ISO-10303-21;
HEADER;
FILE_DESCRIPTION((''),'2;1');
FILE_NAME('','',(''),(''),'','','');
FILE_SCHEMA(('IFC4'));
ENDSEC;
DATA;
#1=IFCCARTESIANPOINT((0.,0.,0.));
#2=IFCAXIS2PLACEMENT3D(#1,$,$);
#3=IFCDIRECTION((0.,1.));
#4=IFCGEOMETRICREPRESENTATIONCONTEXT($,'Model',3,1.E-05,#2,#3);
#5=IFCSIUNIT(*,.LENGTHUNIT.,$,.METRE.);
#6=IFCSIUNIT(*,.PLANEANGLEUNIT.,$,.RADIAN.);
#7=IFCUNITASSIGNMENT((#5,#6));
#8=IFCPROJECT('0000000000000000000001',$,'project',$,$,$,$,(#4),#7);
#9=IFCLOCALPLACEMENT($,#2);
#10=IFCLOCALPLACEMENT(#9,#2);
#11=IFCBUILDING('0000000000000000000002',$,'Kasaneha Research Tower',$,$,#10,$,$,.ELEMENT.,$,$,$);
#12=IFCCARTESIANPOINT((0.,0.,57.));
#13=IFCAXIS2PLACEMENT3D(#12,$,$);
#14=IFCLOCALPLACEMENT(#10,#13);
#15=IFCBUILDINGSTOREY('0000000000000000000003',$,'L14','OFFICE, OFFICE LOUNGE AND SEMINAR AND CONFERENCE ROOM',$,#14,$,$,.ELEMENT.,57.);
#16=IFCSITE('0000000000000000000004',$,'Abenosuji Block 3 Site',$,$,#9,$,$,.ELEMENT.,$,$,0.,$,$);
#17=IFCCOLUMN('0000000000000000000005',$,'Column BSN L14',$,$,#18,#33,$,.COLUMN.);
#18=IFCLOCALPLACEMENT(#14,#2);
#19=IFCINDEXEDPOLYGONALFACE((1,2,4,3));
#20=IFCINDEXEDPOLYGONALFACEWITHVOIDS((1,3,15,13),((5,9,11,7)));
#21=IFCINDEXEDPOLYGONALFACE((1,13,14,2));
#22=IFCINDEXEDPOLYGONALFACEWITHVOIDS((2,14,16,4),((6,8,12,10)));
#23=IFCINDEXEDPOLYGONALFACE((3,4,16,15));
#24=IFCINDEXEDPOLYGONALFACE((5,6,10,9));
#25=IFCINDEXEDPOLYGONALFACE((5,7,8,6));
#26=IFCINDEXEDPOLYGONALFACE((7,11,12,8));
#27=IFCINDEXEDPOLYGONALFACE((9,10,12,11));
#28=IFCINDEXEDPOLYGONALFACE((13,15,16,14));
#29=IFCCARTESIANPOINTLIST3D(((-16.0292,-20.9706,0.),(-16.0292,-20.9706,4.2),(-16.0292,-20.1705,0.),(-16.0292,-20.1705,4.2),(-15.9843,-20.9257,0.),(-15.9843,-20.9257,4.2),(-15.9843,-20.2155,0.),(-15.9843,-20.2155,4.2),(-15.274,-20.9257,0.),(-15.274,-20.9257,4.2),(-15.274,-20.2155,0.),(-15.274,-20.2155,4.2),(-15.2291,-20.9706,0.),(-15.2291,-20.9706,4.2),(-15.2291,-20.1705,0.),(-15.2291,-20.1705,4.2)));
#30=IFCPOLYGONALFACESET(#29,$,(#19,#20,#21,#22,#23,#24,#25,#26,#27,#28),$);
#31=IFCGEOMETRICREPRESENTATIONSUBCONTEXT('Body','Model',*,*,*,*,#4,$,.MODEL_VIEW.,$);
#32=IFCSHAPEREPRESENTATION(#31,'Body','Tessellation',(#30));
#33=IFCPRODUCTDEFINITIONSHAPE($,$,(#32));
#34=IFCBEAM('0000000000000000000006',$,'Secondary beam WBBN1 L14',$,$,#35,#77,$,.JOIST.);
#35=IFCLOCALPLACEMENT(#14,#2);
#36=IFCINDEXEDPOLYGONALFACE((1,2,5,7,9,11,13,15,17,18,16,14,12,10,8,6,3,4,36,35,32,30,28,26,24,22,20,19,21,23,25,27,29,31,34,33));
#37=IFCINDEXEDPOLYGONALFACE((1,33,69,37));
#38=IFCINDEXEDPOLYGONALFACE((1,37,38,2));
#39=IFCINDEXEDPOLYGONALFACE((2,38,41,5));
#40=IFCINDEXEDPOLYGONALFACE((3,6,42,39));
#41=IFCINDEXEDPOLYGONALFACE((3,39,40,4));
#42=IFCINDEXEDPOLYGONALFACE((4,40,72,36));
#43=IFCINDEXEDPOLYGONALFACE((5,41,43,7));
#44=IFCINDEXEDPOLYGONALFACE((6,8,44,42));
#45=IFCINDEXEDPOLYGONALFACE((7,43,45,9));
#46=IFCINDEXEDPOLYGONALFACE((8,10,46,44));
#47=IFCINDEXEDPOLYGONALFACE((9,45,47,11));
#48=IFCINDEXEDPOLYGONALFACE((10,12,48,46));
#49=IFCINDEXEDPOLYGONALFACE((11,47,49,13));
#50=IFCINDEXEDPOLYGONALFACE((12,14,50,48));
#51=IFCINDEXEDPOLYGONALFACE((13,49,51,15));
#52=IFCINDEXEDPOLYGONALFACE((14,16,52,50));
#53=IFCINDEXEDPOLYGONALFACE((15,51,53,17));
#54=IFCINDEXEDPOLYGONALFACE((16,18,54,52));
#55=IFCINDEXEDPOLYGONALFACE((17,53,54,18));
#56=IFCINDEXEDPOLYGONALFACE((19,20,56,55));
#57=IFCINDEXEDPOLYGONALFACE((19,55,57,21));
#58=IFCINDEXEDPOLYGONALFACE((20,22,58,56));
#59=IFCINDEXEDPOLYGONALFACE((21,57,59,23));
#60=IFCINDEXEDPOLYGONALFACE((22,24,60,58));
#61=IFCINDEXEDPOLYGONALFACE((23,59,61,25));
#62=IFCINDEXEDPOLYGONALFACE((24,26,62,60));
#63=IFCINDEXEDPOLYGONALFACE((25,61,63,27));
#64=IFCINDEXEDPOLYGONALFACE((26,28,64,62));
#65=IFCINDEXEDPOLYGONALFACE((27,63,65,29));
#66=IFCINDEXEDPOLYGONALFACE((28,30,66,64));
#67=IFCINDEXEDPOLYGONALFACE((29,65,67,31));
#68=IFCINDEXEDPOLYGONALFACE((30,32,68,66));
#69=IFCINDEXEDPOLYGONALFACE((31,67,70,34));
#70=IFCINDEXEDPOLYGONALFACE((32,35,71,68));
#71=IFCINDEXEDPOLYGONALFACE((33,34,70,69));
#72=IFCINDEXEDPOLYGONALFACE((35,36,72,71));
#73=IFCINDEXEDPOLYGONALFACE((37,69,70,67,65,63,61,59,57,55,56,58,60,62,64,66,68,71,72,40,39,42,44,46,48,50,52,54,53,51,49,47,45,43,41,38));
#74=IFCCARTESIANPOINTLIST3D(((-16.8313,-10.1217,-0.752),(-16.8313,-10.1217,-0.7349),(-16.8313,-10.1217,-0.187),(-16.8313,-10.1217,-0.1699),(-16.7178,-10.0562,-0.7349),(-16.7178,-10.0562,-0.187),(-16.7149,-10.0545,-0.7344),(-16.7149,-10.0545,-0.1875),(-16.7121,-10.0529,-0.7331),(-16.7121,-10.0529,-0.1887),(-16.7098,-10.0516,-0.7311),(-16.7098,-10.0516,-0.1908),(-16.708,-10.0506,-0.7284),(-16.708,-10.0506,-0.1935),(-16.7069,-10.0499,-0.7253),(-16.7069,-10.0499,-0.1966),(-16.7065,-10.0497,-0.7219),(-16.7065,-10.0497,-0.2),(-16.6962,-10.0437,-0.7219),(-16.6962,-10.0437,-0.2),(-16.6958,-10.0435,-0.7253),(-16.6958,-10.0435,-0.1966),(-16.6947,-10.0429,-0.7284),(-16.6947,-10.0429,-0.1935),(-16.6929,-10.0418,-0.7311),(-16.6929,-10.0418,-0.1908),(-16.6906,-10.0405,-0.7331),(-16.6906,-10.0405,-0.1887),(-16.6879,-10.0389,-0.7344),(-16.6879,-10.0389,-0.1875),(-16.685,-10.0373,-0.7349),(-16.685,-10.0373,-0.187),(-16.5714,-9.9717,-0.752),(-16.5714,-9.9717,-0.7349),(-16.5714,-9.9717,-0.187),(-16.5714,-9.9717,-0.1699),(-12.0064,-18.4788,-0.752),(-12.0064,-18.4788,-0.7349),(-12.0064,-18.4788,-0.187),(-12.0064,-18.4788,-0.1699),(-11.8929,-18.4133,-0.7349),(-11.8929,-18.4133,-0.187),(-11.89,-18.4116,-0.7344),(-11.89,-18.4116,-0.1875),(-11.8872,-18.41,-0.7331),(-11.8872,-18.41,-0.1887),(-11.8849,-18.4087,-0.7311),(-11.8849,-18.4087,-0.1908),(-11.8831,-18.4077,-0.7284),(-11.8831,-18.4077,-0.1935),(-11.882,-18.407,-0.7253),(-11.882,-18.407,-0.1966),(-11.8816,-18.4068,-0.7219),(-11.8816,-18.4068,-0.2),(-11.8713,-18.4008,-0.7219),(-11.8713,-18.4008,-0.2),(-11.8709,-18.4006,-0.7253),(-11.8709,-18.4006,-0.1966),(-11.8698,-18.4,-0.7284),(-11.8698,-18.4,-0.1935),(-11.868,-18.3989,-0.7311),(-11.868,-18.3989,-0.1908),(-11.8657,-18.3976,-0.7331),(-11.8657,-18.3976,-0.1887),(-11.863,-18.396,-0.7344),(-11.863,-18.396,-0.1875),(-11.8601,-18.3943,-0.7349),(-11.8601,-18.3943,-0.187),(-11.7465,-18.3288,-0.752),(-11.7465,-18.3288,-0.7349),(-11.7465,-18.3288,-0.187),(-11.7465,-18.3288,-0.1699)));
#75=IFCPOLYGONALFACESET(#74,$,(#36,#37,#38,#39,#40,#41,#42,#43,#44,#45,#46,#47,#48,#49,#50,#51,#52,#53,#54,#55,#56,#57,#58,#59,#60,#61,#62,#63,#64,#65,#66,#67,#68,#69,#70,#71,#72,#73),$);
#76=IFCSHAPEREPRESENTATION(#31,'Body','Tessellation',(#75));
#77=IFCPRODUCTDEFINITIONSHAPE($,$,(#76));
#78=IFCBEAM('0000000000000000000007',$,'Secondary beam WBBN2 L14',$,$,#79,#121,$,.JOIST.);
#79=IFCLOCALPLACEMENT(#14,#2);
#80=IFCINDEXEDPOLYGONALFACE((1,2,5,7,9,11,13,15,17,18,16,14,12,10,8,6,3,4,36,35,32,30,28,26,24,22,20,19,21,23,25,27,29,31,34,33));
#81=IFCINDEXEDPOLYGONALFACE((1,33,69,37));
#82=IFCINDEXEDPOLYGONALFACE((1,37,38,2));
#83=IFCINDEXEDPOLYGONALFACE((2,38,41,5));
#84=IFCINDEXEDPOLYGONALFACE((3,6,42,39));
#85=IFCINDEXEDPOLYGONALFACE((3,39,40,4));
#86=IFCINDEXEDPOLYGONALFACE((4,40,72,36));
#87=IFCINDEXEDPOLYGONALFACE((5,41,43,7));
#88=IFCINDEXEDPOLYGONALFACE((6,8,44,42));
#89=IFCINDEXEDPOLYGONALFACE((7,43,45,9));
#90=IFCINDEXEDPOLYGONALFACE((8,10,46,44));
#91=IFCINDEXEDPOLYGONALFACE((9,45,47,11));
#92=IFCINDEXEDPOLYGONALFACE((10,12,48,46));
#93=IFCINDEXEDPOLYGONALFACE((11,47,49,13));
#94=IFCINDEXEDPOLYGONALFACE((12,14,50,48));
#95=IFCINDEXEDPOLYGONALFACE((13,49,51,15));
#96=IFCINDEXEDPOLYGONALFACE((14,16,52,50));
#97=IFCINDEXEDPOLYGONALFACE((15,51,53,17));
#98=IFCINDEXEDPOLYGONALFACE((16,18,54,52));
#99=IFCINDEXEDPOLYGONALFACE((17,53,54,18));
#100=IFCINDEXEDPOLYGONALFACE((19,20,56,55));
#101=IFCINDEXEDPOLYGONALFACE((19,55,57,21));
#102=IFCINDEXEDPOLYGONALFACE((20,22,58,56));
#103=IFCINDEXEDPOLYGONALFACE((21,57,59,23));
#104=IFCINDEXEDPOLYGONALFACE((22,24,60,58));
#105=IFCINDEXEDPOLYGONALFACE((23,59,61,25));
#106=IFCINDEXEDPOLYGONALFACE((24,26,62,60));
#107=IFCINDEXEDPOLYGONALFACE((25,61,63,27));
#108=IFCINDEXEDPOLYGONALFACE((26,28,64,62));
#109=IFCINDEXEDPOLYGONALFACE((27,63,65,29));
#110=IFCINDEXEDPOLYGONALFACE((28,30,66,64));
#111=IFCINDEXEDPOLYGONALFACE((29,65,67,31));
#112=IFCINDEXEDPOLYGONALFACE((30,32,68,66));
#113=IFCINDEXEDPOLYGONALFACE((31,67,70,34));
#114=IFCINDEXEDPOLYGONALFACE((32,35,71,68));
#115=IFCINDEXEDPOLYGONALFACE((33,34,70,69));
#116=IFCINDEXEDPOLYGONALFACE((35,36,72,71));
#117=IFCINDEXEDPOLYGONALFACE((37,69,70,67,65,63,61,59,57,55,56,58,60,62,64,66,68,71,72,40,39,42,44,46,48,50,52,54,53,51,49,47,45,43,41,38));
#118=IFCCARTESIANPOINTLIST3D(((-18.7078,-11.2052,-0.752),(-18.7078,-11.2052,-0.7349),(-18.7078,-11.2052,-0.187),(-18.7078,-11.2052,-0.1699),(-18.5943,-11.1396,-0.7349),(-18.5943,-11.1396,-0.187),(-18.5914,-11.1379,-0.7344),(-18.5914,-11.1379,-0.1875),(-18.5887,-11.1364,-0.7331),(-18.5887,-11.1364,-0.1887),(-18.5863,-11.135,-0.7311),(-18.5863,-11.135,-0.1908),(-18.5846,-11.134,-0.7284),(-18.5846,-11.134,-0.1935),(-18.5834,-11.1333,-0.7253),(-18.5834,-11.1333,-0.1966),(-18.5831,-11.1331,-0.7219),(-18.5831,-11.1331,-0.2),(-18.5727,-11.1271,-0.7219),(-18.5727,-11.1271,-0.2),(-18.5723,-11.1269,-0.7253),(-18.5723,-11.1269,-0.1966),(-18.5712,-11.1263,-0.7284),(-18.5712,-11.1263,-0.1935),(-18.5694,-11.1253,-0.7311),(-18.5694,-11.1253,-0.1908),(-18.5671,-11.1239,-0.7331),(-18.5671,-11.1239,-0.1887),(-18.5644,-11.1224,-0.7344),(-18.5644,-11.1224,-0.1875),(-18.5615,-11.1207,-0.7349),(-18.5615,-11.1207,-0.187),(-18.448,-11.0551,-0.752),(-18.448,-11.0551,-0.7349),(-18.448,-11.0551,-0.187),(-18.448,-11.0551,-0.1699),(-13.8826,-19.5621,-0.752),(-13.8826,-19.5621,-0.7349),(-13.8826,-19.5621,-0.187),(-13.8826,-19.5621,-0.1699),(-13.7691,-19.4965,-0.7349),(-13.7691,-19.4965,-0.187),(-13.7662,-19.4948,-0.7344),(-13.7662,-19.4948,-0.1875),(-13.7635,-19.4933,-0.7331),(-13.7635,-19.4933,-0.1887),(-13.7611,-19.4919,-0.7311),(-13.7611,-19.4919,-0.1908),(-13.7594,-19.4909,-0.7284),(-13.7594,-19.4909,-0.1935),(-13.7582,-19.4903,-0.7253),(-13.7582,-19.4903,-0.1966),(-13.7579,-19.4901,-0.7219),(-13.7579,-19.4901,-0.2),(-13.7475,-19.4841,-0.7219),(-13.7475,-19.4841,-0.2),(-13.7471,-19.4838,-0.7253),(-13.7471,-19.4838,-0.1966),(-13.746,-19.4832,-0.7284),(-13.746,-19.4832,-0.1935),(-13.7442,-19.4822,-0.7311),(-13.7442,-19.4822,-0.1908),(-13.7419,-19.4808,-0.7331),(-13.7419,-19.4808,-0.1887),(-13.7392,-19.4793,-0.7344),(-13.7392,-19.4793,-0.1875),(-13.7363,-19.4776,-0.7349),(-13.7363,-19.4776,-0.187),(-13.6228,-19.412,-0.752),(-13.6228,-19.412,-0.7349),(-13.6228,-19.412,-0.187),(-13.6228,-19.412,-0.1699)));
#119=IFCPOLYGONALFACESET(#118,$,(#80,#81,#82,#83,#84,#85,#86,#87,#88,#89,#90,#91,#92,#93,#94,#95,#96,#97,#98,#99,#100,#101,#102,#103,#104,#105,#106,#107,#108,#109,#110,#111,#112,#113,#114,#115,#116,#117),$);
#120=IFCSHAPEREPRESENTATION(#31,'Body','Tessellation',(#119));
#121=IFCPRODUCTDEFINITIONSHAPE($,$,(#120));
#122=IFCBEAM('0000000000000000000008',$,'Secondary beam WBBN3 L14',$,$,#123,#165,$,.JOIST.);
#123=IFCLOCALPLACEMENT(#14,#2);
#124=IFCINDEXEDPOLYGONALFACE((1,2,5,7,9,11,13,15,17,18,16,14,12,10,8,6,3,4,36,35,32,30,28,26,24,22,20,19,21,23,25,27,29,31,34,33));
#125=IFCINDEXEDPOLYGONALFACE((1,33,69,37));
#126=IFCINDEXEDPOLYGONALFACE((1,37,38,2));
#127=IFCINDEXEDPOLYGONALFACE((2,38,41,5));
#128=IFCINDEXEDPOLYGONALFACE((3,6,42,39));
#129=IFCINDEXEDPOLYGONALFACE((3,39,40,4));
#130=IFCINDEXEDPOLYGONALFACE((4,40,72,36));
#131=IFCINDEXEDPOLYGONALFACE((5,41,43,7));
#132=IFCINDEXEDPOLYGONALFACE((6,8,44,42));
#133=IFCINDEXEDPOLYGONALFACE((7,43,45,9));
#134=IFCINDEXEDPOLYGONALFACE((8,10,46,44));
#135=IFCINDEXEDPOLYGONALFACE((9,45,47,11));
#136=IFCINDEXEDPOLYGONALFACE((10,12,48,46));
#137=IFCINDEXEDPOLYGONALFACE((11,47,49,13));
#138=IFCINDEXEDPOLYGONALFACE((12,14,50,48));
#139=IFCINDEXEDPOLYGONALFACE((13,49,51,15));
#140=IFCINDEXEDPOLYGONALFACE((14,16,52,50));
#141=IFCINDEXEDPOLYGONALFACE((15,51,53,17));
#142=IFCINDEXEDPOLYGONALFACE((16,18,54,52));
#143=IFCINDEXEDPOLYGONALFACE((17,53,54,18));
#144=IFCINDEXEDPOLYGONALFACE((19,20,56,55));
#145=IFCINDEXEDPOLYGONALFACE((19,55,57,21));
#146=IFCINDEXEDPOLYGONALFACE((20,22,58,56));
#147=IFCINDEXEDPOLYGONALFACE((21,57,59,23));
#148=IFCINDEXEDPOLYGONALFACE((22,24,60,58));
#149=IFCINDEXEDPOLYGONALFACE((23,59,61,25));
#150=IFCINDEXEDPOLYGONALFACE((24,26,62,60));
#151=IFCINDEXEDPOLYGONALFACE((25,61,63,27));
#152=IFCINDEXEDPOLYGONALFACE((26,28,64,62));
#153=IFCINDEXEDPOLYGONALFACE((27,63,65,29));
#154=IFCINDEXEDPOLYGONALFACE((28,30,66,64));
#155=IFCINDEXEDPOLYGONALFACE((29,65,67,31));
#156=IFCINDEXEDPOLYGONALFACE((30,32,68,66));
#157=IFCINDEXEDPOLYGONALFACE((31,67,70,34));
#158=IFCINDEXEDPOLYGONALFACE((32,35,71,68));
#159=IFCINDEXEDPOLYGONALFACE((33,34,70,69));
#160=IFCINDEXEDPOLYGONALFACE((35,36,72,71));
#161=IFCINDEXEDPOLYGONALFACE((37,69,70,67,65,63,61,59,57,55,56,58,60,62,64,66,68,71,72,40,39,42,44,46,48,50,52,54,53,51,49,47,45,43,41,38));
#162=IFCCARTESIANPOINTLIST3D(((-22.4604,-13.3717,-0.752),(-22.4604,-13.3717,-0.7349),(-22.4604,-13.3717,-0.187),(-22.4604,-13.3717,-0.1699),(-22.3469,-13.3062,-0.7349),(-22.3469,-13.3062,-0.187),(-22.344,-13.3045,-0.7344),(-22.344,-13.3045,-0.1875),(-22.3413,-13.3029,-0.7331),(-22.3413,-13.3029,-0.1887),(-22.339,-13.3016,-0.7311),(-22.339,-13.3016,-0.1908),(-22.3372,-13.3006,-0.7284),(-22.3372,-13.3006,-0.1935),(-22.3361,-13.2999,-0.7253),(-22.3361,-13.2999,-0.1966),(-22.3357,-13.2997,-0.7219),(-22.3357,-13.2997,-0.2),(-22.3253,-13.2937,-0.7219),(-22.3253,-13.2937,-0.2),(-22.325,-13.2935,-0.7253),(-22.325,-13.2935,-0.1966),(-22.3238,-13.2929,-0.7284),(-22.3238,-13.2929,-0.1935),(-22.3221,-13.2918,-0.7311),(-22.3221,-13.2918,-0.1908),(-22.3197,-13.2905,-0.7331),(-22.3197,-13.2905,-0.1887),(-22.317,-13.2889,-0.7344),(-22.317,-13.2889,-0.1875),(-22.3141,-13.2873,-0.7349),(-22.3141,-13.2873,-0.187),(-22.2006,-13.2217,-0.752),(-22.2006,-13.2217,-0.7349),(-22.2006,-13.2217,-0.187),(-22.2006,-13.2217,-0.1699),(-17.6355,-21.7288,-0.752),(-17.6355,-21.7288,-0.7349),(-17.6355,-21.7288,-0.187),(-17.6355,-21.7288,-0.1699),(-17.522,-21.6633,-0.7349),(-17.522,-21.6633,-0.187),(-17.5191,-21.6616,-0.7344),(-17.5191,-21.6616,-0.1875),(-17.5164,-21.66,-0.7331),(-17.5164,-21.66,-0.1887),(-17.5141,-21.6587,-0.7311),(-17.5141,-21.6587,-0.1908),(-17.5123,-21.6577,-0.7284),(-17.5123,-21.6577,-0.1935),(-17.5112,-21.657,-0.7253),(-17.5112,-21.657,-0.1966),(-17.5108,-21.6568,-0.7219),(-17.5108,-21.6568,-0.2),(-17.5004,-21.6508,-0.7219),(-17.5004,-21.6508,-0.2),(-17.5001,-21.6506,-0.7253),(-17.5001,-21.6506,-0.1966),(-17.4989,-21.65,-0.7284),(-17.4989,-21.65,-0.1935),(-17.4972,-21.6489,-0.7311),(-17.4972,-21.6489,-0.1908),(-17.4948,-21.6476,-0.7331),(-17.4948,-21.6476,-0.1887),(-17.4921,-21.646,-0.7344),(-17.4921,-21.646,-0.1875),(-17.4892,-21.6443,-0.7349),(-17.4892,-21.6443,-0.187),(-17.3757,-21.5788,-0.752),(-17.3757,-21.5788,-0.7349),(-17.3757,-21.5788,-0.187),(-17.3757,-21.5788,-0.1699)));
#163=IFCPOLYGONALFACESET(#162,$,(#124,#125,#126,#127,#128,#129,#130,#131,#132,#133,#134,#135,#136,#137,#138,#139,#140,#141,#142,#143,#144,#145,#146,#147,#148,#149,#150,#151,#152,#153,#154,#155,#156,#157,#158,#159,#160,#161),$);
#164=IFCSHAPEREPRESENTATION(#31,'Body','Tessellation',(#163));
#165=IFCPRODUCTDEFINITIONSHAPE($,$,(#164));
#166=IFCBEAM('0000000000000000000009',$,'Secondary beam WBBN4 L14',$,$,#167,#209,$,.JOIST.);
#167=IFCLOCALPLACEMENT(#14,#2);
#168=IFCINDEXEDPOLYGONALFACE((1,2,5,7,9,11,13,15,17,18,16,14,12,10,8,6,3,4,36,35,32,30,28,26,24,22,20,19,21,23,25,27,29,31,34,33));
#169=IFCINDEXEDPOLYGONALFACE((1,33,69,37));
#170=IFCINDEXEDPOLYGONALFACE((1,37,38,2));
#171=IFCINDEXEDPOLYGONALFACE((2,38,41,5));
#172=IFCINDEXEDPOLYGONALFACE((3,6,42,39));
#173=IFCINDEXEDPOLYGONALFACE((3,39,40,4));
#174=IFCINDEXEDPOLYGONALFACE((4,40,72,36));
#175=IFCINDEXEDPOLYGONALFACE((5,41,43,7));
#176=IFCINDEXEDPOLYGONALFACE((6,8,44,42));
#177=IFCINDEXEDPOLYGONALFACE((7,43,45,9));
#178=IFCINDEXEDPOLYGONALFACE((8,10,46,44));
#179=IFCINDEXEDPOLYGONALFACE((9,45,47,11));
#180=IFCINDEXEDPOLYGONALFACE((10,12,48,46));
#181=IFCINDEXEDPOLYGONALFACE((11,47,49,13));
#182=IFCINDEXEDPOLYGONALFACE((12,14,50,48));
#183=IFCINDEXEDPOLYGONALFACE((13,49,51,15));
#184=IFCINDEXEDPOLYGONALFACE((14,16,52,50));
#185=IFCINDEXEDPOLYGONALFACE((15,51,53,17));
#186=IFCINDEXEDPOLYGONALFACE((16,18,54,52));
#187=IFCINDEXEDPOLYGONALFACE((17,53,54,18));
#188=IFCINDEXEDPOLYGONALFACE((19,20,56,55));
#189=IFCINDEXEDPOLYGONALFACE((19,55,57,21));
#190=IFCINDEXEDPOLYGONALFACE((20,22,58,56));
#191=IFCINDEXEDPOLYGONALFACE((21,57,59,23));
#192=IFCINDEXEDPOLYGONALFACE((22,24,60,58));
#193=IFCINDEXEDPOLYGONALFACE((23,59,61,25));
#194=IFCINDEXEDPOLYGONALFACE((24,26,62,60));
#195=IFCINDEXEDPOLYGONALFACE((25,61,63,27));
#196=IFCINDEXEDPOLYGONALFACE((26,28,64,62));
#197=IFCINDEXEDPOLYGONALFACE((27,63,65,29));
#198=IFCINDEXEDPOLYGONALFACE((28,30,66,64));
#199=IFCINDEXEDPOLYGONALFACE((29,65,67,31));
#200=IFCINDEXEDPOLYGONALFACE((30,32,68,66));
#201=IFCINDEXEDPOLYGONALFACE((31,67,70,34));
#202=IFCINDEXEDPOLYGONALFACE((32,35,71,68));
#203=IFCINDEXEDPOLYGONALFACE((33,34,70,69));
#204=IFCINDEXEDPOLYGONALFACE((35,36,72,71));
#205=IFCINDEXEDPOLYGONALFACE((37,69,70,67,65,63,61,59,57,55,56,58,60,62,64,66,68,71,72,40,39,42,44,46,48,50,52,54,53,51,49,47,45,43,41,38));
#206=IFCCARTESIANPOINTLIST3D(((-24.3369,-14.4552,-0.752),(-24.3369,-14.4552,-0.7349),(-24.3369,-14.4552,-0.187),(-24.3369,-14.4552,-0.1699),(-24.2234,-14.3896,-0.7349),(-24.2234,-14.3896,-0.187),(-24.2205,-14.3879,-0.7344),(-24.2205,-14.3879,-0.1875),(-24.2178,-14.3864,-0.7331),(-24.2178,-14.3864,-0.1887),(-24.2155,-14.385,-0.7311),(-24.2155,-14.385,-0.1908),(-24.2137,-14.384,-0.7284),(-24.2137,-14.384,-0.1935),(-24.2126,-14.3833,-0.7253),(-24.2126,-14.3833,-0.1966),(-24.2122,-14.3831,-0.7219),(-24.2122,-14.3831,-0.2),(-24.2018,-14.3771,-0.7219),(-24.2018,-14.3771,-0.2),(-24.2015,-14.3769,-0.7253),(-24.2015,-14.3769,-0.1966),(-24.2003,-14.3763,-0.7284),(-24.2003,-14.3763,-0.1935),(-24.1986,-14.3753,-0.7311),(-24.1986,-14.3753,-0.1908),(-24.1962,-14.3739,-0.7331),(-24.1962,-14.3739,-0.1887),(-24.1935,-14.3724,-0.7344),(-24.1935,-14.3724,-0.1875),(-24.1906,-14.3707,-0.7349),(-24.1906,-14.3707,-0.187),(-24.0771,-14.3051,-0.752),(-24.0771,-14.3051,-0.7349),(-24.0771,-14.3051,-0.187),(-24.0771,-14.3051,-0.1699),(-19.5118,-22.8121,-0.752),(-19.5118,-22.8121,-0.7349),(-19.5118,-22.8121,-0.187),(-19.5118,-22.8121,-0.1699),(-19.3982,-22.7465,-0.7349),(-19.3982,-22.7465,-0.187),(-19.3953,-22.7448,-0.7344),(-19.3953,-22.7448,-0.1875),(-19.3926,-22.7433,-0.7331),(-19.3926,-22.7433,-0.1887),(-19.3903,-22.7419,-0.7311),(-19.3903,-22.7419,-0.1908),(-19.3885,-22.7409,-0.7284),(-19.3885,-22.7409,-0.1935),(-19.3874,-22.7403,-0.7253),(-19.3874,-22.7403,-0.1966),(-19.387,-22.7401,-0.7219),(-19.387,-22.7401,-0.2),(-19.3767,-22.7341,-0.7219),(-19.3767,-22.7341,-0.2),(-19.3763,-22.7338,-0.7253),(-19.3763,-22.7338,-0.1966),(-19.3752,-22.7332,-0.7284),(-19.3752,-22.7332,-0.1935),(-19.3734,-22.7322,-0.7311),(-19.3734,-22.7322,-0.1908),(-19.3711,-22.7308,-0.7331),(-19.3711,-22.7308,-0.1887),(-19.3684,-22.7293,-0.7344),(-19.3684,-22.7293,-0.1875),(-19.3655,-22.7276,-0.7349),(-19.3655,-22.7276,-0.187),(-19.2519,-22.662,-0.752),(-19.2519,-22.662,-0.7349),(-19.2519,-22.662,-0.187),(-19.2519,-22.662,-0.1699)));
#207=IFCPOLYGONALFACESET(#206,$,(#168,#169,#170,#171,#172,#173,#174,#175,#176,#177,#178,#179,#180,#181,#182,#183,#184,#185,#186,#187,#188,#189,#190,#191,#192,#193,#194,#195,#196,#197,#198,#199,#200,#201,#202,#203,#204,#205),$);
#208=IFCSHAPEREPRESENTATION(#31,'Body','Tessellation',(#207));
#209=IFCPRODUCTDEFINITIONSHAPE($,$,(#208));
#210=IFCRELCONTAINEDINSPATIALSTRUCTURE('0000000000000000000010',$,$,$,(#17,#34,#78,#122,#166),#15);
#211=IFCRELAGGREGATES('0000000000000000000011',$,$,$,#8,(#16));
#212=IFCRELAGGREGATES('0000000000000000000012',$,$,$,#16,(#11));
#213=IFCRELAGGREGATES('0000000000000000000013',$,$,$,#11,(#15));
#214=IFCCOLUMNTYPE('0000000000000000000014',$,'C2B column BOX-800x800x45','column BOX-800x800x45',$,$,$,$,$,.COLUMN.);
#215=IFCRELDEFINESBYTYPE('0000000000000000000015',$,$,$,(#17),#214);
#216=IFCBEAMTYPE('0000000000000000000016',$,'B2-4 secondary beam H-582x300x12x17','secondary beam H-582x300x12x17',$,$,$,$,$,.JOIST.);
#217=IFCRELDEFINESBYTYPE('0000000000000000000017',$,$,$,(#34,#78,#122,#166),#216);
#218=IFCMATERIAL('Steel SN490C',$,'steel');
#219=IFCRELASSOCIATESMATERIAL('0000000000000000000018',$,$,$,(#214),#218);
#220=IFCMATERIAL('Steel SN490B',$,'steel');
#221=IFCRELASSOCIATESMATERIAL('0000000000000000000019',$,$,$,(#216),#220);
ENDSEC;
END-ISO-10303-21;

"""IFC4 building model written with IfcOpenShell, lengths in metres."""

from ifc_helpers import new_model, si_unit, direction, frame, origin, origin_2d, place, context, subcontext, project, spatial, hollow_rectangle, i_section, extrude, material, material_profile, profile_set, type_object, element, save


model = new_model("IFC4")

# Units and contexts
model_context = context("Model", 3, precision=1e-05, world=origin(), true_north=direction((0.0, 1.0)))
body_context = subcontext(model_context, "Body", "Model", "MODEL_VIEW")
ifc_project = project(units=[si_unit("LENGTHUNIT", "METRE"), si_unit("PLANEANGLEUNIT", "RADIAN")], contexts=[model_context])

# Site, building, storey
site_placement = place(None, origin())
site = spatial("IfcSite", under=ifc_project, at=site_placement, Name="Abenosuji Block 3 Site", CompositionType="ELEMENT", RefElevation=0.0)
building_placement = place(site_placement, origin())
building = spatial("IfcBuilding", under=site, at=building_placement, Name="Kasaneha Research Tower", CompositionType="ELEMENT")
storey_placement = place(building_placement, frame((0.0, 0.0, 57.0)))
storey = spatial("IfcBuildingStorey", under=building, at=storey_placement, Name="L14", Description="OFFICE, OFFICE LOUNGE AND SEMINAR AND CONFERENCE ROOM", CompositionType="ELEMENT", Elevation=57.0)

# Column
ifc_material_1 = material(Name="Steel SN490C", Category="steel")
ifc_material_profile_1 = material_profile(ifc_material_1, hollow_rectangle(XDim=0.8, YDim=0.8, WallThickness=0.0449, at=origin_2d()), Name="BOX-800x800x45")
ifc_profile_set_1 = profile_set([ifc_material_profile_1], Name="Steel SN490C")
column_type = type_object("IfcColumnType", Name="C2B column BOX-800x800x45", Description="column BOX-800x800x45", PredefinedType="COLUMN", material=ifc_profile_set_1)
column_placement = place(storey_placement, frame((-15.6292, -20.5706, 0.0), z_axis=(0.0, 0.0, 1.0), x_axis=(1.0, 0.0, 0.0)))
element("IfcColumn", 1, at=column_placement, inside=storey, type_object=column_type, Name="Column BSN L14", PredefinedType="COLUMN", context=body_context, shape_type="SweptSolid", body=[
    extrude(hollow_rectangle(XDim=0.8, YDim=0.8, WallThickness=0.0449, at=origin_2d()), origin(), (0.0, 0.0, 1.0), 4.2),
])

# Beams
ifc_material_2 = material(Name="Steel SN490B", Category="steel")
ifc_material_profile_2 = material_profile(ifc_material_2, i_section(OverallWidth=0.3, OverallDepth=0.582, WebThickness=0.012, FlangeThickness=0.0171, FilletRadius=0.0129, at=origin_2d()), Name="H-582x300x12x17")
ifc_profile_set_2 = profile_set([ifc_material_profile_2], Name="Steel SN490B")
beam_type_1 = type_object("IfcBeamType", Name="B2-4 secondary beam H-582x300x12x17", Description="secondary beam H-582x300x12x17", PredefinedType="JOIST", material=ifc_profile_set_2)
for number, where, z_axis, x_axis, name in (
    (2, (-11.8765, -18.4038, -0.4609), (-0.499995, 0.866028, 0.0), (-0.866028, -0.499995, 0.0), "Secondary beam WBBN1 L14"),
    (3, (-13.7527, -19.4871, -0.4609), (-0.500025, 0.866011, 0.0), (-0.866011, -0.500025, 0.0), "Secondary beam WBBN2 L14"),
    (4, (-17.5056, -21.6538, -0.4609), (-0.499995, 0.866028, 0.0), (-0.866028, -0.499995, 0.0), "Secondary beam WBBN3 L14"),
    (5, (-19.3818, -22.7371, -0.4609), (-0.500025, 0.866011, 0.0), (-0.866011, -0.500025, 0.0), "Secondary beam WBBN4 L14"),
):
    element("IfcBeam", number, at=place(storey_placement, frame(where, z_axis=z_axis, x_axis=x_axis)), inside=storey, type_object=beam_type_1, Name=name, PredefinedType="JOIST", context=body_context, shape_type="SweptSolid", body=[
        extrude(i_section(OverallWidth=0.3, OverallDepth=0.582, WebThickness=0.012, FlangeThickness=0.0171, FilletRadius=0.0129, at=origin_2d()), origin(), (0.0, 0.0, 1.0), 9.6499),
    ])

save(model, "model.ifc")
